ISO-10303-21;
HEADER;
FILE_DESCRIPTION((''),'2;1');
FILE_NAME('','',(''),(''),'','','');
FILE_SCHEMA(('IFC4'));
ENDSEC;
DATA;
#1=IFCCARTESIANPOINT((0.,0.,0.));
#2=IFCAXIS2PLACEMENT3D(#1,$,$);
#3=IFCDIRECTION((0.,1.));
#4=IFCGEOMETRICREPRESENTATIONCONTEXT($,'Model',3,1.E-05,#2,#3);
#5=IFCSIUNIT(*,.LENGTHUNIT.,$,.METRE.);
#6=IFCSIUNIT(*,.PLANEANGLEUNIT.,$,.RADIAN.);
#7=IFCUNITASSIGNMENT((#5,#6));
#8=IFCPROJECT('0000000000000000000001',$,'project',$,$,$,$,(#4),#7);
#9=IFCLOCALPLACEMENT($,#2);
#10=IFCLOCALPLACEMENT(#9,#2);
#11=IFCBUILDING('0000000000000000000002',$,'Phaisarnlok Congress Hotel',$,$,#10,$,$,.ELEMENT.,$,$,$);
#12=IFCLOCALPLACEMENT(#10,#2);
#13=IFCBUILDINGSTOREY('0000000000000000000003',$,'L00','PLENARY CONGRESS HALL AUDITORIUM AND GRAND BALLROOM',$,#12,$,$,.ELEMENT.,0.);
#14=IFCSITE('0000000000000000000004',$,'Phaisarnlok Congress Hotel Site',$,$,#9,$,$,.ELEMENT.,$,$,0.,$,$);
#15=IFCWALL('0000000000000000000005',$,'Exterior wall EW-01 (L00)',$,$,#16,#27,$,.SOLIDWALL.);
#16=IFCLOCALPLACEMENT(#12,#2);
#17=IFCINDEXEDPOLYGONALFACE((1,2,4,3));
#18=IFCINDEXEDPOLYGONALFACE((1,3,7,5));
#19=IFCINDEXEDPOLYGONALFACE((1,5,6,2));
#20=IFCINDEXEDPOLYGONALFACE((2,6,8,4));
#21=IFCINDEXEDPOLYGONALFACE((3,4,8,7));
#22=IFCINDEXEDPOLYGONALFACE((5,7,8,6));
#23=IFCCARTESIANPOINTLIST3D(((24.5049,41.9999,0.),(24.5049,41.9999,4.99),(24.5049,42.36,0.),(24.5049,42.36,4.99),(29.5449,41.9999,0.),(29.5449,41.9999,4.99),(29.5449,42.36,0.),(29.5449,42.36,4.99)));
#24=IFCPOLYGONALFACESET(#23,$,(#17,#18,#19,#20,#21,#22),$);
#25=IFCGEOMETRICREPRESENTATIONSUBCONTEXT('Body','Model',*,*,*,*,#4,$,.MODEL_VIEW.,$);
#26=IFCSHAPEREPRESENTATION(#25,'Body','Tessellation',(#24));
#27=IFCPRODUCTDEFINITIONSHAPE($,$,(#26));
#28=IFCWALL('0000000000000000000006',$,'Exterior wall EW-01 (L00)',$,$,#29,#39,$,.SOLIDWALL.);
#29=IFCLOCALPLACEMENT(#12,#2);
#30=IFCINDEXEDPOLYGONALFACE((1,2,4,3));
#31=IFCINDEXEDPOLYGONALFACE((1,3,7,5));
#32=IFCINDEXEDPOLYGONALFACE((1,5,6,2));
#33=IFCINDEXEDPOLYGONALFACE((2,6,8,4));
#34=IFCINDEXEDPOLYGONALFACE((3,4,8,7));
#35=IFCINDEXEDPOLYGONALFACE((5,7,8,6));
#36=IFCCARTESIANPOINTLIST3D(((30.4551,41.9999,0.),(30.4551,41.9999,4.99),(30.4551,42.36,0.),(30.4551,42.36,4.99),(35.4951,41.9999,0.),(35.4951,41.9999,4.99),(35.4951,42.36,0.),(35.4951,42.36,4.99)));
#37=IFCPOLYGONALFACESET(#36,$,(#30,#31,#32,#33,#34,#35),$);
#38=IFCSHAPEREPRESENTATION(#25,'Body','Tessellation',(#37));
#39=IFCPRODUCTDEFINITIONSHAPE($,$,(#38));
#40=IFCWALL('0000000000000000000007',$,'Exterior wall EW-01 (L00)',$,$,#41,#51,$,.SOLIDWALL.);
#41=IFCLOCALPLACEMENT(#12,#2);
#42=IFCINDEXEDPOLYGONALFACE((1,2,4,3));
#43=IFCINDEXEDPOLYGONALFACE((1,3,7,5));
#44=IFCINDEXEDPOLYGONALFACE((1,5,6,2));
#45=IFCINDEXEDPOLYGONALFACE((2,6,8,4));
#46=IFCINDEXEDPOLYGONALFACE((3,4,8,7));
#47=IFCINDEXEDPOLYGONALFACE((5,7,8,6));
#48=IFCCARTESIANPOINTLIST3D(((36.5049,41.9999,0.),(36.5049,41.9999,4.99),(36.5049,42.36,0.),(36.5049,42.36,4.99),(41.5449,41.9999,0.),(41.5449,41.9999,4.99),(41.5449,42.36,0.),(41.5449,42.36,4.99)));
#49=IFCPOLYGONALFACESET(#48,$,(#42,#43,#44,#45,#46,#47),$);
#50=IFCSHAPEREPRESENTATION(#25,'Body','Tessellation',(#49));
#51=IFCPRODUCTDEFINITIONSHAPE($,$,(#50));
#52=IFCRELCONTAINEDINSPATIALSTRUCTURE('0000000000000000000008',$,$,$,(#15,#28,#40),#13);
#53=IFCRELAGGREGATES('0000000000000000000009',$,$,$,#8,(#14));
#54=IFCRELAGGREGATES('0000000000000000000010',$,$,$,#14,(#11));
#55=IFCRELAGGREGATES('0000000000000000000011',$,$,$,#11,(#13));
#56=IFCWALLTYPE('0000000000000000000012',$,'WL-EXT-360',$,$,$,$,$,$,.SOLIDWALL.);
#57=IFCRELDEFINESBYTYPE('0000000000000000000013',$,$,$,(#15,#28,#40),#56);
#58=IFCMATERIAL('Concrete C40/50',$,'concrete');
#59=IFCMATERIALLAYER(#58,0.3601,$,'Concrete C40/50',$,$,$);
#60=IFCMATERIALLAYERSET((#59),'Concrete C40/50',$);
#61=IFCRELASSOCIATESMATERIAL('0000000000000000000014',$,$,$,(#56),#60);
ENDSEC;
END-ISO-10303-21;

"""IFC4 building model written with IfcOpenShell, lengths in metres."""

from ifc_helpers import new_model, si_unit, direction, frame, frame_2d, origin, place, context, subcontext, project, spatial, rectangle, extrude, material, layer, layer_set, type_object, element, save


model = new_model("IFC4")

# Units and contexts
model_context = context("Model", 3, precision=1e-05, world=origin(), true_north=direction((0.0, 1.0)))
body_context = subcontext(model_context, "Body", "Model", "MODEL_VIEW")
ifc_project = project(units=[si_unit("LENGTHUNIT", "METRE"), si_unit("PLANEANGLEUNIT", "RADIAN")], contexts=[model_context])

# Site, building, storey
site_placement = place(None, origin())
site = spatial("IfcSite", under=ifc_project, at=site_placement, Name="Phaisarnlok Congress Hotel Site", CompositionType="ELEMENT", RefElevation=0.0)
building_placement = place(site_placement, origin())
building = spatial("IfcBuilding", under=site, at=building_placement, Name="Phaisarnlok Congress Hotel", CompositionType="ELEMENT")
storey_placement = place(building_placement, origin())
storey = spatial("IfcBuildingStorey", under=building, at=storey_placement, Name="L00", Description="PLENARY CONGRESS HALL AUDITORIUM AND GRAND BALLROOM", CompositionType="ELEMENT", Elevation=0.0)

# Shared definitions
ifc_material_1 = material(Name="Concrete C40/50", Category="concrete")

# Walls
ifc_layer_1 = layer(ifc_material_1, 0.3601, Name="Concrete C40/50")
ifc_layer_set_1 = layer_set([ifc_layer_1], Name="Concrete C40/50")
wall_type_1 = type_object("IfcWallType", Name="WL-EXT-360", PredefinedType="SOLIDWALL", material=ifc_layer_set_1)
for number, where, z_axis, x_axis, name in (
    (1, (24.5049, 42.1799, 0.0), (0.0, 0.0, 1.0), (1.0, 0.0, 0.0), "Exterior wall EW-01 (L00)"),
    (2, (30.4551, 42.1799, 0.0), (0.0, 0.0, 1.0), (1.0, 0.0, 0.0), "Exterior wall EW-01 (L00)"),
    (3, (36.5049, 42.1799, 0.0), (0.0, 0.0, 1.0), (1.0, 0.0, 0.0), "Exterior wall EW-01 (L00)"),
):
    element("IfcWall", number, at=place(storey_placement, frame(where, z_axis=z_axis, x_axis=x_axis)), inside=storey, type_object=wall_type_1, Name=name, PredefinedType="SOLIDWALL", context=body_context, shape_type="SweptSolid", body=[
        extrude(rectangle(XDim=5.04, YDim=0.3601, at=frame_2d((2.52, 0.0))), origin(), (0.0, 0.0, 1.0), 4.99),
    ])

save(model, "model.ifc")
